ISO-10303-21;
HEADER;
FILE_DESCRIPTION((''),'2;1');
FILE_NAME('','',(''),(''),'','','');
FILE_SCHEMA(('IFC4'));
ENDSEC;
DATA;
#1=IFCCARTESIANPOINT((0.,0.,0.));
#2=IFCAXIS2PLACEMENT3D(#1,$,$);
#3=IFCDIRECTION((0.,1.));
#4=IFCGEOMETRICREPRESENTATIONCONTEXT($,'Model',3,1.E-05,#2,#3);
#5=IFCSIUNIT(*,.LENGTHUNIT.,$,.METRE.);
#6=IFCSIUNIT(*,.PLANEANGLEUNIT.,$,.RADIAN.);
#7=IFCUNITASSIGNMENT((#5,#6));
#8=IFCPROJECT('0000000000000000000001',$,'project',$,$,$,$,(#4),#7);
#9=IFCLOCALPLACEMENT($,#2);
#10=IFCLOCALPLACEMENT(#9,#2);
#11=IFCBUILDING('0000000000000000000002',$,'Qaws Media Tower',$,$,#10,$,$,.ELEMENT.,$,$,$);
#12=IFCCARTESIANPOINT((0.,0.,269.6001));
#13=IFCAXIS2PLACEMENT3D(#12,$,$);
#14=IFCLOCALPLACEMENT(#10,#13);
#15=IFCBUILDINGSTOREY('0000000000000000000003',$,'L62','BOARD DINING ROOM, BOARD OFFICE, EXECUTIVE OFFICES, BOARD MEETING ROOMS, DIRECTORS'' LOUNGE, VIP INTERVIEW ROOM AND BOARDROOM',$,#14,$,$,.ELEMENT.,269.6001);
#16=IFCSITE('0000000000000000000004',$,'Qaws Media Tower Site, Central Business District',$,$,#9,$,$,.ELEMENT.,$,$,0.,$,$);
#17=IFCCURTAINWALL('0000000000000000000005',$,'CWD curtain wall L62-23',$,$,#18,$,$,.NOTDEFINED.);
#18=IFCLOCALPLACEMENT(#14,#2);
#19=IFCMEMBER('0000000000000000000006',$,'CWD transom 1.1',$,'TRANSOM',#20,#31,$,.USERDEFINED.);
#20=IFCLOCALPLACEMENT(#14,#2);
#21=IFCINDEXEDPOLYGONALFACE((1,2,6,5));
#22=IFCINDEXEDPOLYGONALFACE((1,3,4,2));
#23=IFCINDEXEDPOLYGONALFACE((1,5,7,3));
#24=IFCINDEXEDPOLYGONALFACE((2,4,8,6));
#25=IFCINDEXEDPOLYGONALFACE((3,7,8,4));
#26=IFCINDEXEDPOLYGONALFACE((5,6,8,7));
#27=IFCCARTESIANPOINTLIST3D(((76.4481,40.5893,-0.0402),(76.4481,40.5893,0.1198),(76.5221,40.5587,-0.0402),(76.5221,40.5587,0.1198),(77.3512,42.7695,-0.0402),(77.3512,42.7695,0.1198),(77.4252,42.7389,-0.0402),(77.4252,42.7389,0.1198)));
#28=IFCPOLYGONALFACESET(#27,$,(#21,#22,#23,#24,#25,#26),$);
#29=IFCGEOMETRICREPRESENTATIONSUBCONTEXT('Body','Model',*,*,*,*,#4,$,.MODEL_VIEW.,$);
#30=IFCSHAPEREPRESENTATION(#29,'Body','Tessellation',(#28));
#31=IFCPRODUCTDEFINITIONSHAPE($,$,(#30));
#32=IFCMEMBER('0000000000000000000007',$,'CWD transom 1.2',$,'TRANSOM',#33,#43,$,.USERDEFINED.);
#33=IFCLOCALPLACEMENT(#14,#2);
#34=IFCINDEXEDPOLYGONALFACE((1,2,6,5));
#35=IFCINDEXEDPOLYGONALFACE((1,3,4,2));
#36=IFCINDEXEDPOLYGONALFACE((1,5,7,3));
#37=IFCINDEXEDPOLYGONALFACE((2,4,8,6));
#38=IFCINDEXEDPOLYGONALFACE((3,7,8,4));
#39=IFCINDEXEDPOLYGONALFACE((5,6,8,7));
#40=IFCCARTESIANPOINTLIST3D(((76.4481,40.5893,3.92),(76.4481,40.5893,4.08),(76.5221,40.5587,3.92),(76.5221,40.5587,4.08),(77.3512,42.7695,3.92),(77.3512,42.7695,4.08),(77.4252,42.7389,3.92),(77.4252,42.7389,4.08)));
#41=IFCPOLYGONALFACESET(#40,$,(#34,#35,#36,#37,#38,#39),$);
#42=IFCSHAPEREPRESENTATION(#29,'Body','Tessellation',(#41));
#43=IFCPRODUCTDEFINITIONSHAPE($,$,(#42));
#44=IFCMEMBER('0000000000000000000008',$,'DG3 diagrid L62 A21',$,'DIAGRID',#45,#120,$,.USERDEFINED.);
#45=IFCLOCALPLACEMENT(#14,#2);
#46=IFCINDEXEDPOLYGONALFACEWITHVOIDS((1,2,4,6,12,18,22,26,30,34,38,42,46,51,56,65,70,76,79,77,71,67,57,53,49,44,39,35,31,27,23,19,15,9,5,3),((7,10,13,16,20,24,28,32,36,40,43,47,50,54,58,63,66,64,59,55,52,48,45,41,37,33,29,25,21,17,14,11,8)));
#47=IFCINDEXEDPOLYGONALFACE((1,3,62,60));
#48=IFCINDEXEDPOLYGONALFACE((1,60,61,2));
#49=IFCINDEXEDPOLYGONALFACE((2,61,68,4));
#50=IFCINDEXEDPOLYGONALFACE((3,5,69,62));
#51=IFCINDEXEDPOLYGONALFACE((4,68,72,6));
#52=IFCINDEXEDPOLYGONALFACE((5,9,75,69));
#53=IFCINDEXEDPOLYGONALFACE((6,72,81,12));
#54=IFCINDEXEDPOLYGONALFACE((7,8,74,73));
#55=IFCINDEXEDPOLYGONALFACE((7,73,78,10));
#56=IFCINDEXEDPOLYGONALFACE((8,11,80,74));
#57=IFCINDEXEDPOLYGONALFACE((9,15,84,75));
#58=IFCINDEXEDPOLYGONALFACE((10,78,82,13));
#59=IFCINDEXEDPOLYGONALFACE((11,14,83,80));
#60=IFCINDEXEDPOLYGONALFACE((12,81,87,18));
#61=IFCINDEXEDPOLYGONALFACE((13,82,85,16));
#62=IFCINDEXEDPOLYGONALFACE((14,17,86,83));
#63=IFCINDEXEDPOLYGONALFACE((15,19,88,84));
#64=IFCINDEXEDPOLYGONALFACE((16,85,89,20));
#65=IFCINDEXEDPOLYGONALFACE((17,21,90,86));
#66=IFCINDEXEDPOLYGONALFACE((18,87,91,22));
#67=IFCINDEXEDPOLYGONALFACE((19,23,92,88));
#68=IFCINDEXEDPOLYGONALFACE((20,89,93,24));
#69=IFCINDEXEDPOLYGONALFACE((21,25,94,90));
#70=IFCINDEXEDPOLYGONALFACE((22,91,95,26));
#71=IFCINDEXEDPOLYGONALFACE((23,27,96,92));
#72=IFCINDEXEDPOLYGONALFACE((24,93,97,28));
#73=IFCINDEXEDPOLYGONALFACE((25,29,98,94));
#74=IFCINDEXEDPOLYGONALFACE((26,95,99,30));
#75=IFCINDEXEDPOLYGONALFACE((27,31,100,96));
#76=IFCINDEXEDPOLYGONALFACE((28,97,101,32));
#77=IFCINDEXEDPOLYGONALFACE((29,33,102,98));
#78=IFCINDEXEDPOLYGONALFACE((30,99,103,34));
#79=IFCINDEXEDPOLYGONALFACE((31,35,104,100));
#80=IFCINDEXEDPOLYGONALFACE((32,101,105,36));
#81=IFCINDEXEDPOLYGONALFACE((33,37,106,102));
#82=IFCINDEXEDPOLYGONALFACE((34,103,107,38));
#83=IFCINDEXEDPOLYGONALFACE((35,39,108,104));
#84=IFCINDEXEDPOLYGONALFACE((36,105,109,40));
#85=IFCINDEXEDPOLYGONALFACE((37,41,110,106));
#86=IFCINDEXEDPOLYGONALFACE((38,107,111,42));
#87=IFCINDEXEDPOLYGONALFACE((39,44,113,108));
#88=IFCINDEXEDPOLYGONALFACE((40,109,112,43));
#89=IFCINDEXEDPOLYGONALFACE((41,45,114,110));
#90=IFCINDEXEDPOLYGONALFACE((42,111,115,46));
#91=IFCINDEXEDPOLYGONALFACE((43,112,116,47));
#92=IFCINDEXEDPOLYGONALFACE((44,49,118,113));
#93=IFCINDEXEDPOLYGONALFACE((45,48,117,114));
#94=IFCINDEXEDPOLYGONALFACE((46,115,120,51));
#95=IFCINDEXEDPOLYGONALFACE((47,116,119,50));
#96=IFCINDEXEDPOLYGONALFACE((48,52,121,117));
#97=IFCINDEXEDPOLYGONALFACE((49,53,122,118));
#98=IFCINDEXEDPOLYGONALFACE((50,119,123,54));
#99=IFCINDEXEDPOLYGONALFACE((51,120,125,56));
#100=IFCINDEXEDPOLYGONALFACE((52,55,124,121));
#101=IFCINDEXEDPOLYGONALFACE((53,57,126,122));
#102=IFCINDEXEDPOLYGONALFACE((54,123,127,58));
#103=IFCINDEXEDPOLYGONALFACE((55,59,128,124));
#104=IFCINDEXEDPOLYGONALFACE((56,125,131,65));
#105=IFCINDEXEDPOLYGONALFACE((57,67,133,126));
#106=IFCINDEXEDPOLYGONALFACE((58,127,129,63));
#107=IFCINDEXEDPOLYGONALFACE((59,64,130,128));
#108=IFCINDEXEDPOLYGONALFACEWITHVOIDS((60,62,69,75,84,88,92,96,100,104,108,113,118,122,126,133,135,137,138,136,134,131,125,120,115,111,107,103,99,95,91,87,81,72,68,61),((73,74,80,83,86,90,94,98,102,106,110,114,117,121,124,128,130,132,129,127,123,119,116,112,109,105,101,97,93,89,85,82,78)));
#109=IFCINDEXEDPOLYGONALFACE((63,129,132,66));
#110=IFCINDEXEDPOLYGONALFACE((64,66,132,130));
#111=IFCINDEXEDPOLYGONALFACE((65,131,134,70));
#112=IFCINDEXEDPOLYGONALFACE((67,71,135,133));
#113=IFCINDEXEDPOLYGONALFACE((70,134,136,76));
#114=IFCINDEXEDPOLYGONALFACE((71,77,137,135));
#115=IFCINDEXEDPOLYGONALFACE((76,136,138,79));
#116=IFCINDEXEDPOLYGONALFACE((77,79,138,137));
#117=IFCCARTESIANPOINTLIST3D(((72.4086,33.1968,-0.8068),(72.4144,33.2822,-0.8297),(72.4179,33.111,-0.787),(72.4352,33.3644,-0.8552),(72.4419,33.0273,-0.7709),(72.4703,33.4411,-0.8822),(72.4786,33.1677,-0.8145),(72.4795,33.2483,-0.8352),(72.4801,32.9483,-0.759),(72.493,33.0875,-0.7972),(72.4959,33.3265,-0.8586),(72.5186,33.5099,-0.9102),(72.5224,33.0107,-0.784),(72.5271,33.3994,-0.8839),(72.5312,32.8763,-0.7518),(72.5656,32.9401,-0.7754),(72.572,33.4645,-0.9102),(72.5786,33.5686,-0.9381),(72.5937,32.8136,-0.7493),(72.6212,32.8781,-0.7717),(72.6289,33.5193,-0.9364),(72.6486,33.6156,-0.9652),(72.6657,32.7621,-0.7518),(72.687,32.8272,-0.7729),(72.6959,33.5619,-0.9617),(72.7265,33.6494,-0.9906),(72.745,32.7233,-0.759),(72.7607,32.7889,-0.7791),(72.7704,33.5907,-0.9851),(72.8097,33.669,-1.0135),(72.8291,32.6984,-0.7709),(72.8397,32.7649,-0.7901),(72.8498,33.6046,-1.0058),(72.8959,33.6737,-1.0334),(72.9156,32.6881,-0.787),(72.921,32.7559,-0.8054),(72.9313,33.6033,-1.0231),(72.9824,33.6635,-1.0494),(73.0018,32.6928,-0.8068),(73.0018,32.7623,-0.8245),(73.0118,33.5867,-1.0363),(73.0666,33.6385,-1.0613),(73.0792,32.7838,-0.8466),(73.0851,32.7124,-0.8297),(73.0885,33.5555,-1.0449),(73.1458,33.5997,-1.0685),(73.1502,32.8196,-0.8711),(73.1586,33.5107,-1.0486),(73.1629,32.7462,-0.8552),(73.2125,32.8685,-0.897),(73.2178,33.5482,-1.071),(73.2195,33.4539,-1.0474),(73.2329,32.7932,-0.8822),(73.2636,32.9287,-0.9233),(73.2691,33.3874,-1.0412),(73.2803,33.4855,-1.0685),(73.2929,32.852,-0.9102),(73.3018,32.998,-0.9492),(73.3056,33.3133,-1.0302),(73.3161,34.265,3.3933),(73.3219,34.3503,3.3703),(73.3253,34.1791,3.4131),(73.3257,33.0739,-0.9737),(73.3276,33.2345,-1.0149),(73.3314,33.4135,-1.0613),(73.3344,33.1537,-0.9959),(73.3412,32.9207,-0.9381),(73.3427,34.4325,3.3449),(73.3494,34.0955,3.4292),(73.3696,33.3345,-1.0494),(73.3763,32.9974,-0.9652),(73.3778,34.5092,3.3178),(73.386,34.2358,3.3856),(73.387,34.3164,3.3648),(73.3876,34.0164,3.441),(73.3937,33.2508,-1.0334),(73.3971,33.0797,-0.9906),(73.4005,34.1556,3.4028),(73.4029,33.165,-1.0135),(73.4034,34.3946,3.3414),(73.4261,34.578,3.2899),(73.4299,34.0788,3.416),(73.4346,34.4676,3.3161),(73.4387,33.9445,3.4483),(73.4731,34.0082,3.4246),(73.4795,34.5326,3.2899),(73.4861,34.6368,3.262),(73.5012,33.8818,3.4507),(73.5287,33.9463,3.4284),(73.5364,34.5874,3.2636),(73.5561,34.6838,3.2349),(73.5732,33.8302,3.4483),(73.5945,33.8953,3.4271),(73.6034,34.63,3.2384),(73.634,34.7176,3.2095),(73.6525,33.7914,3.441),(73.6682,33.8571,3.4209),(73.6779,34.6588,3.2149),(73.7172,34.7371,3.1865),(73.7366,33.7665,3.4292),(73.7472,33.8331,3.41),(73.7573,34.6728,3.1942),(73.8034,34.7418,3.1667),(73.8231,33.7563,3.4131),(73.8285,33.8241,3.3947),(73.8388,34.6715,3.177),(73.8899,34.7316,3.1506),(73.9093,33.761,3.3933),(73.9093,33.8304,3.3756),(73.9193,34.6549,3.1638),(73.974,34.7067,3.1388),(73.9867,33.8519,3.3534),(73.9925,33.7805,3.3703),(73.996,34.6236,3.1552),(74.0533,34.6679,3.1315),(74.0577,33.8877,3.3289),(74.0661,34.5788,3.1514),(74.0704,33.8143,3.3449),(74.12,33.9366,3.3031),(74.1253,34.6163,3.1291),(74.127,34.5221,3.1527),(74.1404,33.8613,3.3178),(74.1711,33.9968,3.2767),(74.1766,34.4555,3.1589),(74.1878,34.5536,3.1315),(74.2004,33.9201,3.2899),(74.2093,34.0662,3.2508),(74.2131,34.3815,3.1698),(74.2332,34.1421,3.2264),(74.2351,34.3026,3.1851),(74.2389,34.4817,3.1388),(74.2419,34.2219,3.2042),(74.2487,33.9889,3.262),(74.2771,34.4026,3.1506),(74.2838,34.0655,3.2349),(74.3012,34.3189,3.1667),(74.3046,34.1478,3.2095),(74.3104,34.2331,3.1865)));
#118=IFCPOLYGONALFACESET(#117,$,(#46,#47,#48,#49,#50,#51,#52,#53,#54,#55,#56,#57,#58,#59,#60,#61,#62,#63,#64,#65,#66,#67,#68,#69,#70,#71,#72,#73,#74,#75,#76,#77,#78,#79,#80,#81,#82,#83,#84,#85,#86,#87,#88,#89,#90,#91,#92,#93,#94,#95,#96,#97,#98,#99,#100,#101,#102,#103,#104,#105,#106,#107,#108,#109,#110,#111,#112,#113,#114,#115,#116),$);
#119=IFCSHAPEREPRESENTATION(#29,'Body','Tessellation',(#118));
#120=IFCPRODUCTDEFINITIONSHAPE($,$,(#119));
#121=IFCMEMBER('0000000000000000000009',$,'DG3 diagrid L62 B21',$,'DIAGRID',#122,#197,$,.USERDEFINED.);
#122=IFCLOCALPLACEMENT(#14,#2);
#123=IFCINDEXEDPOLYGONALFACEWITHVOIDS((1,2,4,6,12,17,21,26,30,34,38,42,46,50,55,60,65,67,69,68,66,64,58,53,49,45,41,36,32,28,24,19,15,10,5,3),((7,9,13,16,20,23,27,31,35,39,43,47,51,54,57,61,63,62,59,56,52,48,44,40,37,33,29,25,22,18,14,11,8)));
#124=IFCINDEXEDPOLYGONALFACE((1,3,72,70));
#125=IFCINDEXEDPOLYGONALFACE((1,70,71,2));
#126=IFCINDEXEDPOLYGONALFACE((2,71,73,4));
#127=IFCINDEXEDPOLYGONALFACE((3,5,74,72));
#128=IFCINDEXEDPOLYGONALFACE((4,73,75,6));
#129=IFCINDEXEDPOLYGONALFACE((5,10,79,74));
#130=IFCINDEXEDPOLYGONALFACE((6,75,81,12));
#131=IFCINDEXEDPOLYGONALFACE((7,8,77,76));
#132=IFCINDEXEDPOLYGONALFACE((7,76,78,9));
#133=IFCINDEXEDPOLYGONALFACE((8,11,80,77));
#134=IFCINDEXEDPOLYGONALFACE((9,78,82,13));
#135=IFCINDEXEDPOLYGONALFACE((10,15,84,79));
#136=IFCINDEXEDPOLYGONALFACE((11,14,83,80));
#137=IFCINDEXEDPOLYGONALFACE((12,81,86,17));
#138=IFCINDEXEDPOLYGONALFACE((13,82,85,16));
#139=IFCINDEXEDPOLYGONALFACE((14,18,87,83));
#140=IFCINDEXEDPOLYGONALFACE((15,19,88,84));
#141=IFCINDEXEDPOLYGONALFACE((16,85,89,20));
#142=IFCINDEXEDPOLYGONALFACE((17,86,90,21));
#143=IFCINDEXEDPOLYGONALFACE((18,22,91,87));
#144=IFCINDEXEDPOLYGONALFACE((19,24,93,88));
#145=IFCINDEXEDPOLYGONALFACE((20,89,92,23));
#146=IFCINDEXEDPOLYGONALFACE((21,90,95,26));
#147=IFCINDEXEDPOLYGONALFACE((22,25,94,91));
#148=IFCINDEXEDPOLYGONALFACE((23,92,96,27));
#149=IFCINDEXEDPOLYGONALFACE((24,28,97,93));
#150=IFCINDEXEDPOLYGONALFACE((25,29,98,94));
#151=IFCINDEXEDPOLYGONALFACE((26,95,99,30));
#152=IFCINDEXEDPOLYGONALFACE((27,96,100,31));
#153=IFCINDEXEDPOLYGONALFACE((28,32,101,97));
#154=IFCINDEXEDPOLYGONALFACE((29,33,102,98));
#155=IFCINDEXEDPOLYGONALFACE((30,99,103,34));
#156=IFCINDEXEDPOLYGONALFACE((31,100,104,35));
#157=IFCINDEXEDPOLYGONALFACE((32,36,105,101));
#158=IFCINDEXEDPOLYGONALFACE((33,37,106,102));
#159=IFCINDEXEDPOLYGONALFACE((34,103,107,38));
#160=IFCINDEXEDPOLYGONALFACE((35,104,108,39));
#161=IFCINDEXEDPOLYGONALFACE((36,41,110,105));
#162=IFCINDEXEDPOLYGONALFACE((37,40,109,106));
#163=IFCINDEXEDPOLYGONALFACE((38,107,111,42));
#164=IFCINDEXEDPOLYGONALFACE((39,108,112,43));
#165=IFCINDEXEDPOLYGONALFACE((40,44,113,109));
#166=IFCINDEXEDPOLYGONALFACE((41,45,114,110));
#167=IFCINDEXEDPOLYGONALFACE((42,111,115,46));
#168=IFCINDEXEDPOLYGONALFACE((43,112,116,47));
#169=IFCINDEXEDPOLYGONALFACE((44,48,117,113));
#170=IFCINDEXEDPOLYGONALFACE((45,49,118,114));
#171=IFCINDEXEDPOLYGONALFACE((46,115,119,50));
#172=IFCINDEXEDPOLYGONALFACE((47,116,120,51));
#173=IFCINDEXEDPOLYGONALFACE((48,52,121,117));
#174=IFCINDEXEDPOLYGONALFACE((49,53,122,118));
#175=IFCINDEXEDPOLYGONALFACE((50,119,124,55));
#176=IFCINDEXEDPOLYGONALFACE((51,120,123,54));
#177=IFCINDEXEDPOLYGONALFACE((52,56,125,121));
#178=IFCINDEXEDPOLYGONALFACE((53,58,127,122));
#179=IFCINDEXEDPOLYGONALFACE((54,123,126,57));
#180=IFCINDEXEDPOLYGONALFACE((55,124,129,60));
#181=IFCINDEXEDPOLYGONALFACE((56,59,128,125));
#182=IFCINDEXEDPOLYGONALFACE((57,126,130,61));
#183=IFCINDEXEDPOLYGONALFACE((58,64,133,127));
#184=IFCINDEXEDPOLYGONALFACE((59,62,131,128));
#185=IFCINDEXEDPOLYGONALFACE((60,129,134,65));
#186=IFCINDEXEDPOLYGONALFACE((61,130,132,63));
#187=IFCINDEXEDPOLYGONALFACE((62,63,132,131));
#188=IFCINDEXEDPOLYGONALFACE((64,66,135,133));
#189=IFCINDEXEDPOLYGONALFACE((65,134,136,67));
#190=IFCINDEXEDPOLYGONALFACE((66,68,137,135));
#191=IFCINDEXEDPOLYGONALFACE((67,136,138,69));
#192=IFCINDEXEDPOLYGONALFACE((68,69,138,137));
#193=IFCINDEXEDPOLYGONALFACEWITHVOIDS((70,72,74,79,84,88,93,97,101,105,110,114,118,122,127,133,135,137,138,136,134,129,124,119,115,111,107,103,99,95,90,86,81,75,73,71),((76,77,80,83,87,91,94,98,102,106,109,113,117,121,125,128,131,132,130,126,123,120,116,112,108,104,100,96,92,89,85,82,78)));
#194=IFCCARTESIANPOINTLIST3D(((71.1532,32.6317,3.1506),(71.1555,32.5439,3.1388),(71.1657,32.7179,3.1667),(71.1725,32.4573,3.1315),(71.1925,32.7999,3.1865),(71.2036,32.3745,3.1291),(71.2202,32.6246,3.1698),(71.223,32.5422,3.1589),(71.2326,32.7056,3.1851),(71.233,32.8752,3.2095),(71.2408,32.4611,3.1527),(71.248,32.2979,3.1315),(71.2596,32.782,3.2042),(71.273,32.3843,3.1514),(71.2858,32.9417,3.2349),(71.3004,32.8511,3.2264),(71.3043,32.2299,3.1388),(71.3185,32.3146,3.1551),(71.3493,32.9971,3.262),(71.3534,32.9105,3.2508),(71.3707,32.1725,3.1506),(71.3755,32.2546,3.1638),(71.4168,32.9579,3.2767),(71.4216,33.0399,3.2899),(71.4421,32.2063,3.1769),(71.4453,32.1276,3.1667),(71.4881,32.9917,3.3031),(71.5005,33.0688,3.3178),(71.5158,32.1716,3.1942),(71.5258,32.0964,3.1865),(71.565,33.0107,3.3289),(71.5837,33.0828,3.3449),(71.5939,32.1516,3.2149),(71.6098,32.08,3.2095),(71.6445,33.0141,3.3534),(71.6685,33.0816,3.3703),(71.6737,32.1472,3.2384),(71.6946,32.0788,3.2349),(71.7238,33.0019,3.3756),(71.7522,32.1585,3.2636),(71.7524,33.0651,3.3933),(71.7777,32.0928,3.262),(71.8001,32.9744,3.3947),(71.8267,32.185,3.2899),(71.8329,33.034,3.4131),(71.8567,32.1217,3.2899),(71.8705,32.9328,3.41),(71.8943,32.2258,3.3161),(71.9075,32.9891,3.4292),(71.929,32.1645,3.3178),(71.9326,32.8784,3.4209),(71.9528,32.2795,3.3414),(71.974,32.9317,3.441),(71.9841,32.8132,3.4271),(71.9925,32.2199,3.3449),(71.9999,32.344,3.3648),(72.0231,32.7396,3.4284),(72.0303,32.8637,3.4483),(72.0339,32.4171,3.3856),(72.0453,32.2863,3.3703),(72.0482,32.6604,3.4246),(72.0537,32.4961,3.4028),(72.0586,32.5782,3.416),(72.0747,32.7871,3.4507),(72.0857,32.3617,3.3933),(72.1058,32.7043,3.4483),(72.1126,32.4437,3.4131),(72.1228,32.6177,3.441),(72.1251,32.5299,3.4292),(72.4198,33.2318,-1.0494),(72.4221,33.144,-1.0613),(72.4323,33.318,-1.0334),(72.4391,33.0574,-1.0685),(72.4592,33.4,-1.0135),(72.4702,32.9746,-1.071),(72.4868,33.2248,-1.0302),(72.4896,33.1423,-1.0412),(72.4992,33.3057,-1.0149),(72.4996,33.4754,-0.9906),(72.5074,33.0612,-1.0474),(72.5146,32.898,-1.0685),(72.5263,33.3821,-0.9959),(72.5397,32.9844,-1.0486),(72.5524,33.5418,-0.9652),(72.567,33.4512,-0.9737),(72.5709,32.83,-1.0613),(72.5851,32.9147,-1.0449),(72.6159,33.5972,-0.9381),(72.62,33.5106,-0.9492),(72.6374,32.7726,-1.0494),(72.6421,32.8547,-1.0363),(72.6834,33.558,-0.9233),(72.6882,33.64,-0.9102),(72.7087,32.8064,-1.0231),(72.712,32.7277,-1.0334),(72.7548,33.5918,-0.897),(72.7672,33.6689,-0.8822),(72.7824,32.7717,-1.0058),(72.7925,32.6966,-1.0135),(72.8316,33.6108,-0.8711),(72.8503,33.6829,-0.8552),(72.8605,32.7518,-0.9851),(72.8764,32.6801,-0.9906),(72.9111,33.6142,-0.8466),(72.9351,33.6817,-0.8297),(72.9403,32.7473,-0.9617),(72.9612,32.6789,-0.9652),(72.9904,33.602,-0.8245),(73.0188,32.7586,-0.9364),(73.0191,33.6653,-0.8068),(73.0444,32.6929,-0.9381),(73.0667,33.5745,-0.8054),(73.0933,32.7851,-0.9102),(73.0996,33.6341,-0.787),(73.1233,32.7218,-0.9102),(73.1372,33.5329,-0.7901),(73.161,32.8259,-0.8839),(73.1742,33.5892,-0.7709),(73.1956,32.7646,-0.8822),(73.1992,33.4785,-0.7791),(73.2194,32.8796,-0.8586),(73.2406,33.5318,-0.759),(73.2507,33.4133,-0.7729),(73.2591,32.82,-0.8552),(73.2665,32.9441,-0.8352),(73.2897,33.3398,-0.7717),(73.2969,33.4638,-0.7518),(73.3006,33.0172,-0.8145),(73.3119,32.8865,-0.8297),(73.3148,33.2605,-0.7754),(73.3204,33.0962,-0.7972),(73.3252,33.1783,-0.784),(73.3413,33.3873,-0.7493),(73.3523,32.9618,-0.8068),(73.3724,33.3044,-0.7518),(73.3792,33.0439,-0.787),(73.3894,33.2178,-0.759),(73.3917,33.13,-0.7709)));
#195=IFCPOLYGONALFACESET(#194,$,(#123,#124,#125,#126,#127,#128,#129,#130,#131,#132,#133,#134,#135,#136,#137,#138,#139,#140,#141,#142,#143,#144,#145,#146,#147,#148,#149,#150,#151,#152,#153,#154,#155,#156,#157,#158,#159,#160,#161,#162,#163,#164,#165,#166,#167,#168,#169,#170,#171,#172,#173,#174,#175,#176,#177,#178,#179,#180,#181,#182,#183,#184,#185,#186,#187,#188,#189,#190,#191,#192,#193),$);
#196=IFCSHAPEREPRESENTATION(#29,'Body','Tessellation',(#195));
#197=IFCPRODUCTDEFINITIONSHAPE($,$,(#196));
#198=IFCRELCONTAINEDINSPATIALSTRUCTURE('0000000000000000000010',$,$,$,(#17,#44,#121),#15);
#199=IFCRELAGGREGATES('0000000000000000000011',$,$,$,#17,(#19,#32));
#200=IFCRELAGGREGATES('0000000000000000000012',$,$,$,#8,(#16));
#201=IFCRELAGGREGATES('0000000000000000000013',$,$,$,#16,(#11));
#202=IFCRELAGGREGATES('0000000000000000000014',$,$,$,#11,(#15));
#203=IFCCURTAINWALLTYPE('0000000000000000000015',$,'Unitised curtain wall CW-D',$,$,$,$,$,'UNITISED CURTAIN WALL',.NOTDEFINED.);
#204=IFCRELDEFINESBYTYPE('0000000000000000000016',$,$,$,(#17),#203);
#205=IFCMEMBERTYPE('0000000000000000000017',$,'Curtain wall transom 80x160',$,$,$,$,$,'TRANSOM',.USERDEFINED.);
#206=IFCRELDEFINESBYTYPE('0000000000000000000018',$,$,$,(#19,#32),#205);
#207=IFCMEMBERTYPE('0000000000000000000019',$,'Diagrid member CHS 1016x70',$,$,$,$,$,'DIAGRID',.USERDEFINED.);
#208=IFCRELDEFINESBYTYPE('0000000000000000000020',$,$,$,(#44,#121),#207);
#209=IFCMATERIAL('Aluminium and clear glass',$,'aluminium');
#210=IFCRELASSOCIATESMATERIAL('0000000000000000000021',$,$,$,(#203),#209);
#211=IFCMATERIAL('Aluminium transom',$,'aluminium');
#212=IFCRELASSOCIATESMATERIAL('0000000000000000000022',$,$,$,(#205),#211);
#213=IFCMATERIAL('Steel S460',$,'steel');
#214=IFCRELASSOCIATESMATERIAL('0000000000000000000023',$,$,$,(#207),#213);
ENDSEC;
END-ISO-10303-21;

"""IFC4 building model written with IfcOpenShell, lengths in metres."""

from ifc_helpers import new_model, si_unit, direction, frame, origin, origin_2d, place, context, subcontext, project, spatial, rectangle, hollow_circle, extrude, material, material_profile, profile_set, type_object, element, aggregate, save


model = new_model("IFC4")

# Units and contexts
model_context = context("Model", 3, precision=1e-05, world=origin(), true_north=direction((0.0, 1.0)))
body_context = subcontext(model_context, "Body", "Model", "MODEL_VIEW")
ifc_project = project(units=[si_unit("LENGTHUNIT", "METRE"), si_unit("PLANEANGLEUNIT", "RADIAN")], contexts=[model_context])

# Site, building, storey
site_placement = place(None, origin())
site = spatial("IfcSite", under=ifc_project, at=site_placement, Name="Qaws Media Tower Site, Central Business District", CompositionType="ELEMENT", RefElevation=0.0)
building_placement = place(site_placement, origin())
building = spatial("IfcBuilding", under=site, at=building_placement, Name="Qaws Media Tower", CompositionType="ELEMENT")
storey_placement = place(building_placement, frame((0.0, 0.0, 269.6001)))
storey = spatial("IfcBuildingStorey", under=building, at=storey_placement, Name="L62", Description="BOARD DINING ROOM, BOARD OFFICE, EXECUTIVE OFFICES, BOARD MEETING ROOMS, DIRECTORS' LOUNGE, VIP INTERVIEW ROOM AND BOARDROOM", CompositionType="ELEMENT", Elevation=269.6001)

# Shared definitions
ifc_material_1 = material(Name="Aluminium and clear glass", Category="aluminium")
curtain_wall_type = type_object("IfcCurtainWallType", Name="Unitised curtain wall CW-D", ElementType="UNITISED CURTAIN WALL", PredefinedType="NOTDEFINED", material=ifc_material_1)

# Curtain wall
curtain_wall_1_placement = place(storey_placement, origin())
curtain_wall_1 = element("IfcCurtainWall", 1, at=curtain_wall_1_placement, inside=storey, type_object=curtain_wall_type, Name="CWD curtain wall L62-23", PredefinedType="NOTDEFINED")

# Members
ifc_material_2 = material(Name="Aluminium transom", Category="aluminium")
ifc_material_profile_1 = material_profile(ifc_material_2, rectangle(XDim=0.0801, YDim=0.1599, at=origin_2d()), Name="80x160")
ifc_profile_set_1 = profile_set([ifc_material_profile_1], Name="Aluminium transom")
member_type_1 = type_object("IfcMemberType", Name="Curtain wall transom 80x160", ElementType="TRANSOM", PredefinedType="USERDEFINED", material=ifc_profile_set_1)
member_1_placement = place(storey_placement, frame((76.4851, 40.574, 0.0398), z_axis=(0.38269, 0.923877, 0.0), x_axis=(-0.923877, 0.38269, 0.0)))
member_1 = element("IfcMember", 2, at=member_1_placement, type_object=member_type_1, Name="CWD transom 1.1", ObjectType="TRANSOM", PredefinedType="USERDEFINED", context=body_context, shape_type="SweptSolid", body=[
    extrude(rectangle(XDim=0.0801, YDim=0.1599, at=origin_2d()), origin(), (0.0, 0.0, 1.0), 2.3599),
])
member_2_placement = place(storey_placement, frame((76.4851, 40.574, 4.0), z_axis=(0.38269, 0.923877, 0.0), x_axis=(-0.923877, 0.38269, 0.0)))
member_2 = element("IfcMember", 3, at=member_2_placement, type_object=member_type_1, Name="CWD transom 1.2", ObjectType="TRANSOM", PredefinedType="USERDEFINED", context=body_context, shape_type="SweptSolid", body=[
    extrude(rectangle(XDim=0.0801, YDim=0.1599, at=origin_2d()), origin(), (0.0, 0.0, 1.0), 2.3599),
])
aggregate(curtain_wall_1, [member_1, member_2])

# Members
ifc_material_3 = material(Name="Steel S460", Category="steel")
ifc_material_profile_2 = material_profile(ifc_material_3, hollow_circle(Radius=0.5081, WallThickness=0.0701, at=origin_2d()), Name="CHS 1016x70")
ifc_profile_set_2 = profile_set([ifc_material_profile_2], Name="Steel S460")
member_type_2 = type_object("IfcMemberType", Name="Diagrid member CHS 1016x70", ElementType="DIAGRID", PredefinedType="USERDEFINED", material=ifc_profile_set_2)
for number, where, z_axis, x_axis, name in (
    (4, (72.9058, 33.1809, -0.9102), (0.204956, 0.241238, 0.948576), (-0.76209, 0.647471, 0.0), "DG3 diagrid L62 A21"),
    (5, (72.9058, 33.1809, -0.9102), (-0.286067, -0.135534, 0.948576), (0.428161, -0.903702, 0.0), "DG3 diagrid L62 B21"),
):
    element("IfcMember", number, at=place(storey_placement, frame(where, z_axis=z_axis, x_axis=x_axis)), inside=storey, type_object=member_type_2, Name=name, ObjectType="DIAGRID", PredefinedType="USERDEFINED", context=body_context, shape_type="SweptSolid", body=[
        extrude(hollow_circle(Radius=0.5081, WallThickness=0.0701, at=origin_2d()), origin(), (0.0, 0.0, 1.0), 4.4277),
    ])

save(model, "model.ifc")
